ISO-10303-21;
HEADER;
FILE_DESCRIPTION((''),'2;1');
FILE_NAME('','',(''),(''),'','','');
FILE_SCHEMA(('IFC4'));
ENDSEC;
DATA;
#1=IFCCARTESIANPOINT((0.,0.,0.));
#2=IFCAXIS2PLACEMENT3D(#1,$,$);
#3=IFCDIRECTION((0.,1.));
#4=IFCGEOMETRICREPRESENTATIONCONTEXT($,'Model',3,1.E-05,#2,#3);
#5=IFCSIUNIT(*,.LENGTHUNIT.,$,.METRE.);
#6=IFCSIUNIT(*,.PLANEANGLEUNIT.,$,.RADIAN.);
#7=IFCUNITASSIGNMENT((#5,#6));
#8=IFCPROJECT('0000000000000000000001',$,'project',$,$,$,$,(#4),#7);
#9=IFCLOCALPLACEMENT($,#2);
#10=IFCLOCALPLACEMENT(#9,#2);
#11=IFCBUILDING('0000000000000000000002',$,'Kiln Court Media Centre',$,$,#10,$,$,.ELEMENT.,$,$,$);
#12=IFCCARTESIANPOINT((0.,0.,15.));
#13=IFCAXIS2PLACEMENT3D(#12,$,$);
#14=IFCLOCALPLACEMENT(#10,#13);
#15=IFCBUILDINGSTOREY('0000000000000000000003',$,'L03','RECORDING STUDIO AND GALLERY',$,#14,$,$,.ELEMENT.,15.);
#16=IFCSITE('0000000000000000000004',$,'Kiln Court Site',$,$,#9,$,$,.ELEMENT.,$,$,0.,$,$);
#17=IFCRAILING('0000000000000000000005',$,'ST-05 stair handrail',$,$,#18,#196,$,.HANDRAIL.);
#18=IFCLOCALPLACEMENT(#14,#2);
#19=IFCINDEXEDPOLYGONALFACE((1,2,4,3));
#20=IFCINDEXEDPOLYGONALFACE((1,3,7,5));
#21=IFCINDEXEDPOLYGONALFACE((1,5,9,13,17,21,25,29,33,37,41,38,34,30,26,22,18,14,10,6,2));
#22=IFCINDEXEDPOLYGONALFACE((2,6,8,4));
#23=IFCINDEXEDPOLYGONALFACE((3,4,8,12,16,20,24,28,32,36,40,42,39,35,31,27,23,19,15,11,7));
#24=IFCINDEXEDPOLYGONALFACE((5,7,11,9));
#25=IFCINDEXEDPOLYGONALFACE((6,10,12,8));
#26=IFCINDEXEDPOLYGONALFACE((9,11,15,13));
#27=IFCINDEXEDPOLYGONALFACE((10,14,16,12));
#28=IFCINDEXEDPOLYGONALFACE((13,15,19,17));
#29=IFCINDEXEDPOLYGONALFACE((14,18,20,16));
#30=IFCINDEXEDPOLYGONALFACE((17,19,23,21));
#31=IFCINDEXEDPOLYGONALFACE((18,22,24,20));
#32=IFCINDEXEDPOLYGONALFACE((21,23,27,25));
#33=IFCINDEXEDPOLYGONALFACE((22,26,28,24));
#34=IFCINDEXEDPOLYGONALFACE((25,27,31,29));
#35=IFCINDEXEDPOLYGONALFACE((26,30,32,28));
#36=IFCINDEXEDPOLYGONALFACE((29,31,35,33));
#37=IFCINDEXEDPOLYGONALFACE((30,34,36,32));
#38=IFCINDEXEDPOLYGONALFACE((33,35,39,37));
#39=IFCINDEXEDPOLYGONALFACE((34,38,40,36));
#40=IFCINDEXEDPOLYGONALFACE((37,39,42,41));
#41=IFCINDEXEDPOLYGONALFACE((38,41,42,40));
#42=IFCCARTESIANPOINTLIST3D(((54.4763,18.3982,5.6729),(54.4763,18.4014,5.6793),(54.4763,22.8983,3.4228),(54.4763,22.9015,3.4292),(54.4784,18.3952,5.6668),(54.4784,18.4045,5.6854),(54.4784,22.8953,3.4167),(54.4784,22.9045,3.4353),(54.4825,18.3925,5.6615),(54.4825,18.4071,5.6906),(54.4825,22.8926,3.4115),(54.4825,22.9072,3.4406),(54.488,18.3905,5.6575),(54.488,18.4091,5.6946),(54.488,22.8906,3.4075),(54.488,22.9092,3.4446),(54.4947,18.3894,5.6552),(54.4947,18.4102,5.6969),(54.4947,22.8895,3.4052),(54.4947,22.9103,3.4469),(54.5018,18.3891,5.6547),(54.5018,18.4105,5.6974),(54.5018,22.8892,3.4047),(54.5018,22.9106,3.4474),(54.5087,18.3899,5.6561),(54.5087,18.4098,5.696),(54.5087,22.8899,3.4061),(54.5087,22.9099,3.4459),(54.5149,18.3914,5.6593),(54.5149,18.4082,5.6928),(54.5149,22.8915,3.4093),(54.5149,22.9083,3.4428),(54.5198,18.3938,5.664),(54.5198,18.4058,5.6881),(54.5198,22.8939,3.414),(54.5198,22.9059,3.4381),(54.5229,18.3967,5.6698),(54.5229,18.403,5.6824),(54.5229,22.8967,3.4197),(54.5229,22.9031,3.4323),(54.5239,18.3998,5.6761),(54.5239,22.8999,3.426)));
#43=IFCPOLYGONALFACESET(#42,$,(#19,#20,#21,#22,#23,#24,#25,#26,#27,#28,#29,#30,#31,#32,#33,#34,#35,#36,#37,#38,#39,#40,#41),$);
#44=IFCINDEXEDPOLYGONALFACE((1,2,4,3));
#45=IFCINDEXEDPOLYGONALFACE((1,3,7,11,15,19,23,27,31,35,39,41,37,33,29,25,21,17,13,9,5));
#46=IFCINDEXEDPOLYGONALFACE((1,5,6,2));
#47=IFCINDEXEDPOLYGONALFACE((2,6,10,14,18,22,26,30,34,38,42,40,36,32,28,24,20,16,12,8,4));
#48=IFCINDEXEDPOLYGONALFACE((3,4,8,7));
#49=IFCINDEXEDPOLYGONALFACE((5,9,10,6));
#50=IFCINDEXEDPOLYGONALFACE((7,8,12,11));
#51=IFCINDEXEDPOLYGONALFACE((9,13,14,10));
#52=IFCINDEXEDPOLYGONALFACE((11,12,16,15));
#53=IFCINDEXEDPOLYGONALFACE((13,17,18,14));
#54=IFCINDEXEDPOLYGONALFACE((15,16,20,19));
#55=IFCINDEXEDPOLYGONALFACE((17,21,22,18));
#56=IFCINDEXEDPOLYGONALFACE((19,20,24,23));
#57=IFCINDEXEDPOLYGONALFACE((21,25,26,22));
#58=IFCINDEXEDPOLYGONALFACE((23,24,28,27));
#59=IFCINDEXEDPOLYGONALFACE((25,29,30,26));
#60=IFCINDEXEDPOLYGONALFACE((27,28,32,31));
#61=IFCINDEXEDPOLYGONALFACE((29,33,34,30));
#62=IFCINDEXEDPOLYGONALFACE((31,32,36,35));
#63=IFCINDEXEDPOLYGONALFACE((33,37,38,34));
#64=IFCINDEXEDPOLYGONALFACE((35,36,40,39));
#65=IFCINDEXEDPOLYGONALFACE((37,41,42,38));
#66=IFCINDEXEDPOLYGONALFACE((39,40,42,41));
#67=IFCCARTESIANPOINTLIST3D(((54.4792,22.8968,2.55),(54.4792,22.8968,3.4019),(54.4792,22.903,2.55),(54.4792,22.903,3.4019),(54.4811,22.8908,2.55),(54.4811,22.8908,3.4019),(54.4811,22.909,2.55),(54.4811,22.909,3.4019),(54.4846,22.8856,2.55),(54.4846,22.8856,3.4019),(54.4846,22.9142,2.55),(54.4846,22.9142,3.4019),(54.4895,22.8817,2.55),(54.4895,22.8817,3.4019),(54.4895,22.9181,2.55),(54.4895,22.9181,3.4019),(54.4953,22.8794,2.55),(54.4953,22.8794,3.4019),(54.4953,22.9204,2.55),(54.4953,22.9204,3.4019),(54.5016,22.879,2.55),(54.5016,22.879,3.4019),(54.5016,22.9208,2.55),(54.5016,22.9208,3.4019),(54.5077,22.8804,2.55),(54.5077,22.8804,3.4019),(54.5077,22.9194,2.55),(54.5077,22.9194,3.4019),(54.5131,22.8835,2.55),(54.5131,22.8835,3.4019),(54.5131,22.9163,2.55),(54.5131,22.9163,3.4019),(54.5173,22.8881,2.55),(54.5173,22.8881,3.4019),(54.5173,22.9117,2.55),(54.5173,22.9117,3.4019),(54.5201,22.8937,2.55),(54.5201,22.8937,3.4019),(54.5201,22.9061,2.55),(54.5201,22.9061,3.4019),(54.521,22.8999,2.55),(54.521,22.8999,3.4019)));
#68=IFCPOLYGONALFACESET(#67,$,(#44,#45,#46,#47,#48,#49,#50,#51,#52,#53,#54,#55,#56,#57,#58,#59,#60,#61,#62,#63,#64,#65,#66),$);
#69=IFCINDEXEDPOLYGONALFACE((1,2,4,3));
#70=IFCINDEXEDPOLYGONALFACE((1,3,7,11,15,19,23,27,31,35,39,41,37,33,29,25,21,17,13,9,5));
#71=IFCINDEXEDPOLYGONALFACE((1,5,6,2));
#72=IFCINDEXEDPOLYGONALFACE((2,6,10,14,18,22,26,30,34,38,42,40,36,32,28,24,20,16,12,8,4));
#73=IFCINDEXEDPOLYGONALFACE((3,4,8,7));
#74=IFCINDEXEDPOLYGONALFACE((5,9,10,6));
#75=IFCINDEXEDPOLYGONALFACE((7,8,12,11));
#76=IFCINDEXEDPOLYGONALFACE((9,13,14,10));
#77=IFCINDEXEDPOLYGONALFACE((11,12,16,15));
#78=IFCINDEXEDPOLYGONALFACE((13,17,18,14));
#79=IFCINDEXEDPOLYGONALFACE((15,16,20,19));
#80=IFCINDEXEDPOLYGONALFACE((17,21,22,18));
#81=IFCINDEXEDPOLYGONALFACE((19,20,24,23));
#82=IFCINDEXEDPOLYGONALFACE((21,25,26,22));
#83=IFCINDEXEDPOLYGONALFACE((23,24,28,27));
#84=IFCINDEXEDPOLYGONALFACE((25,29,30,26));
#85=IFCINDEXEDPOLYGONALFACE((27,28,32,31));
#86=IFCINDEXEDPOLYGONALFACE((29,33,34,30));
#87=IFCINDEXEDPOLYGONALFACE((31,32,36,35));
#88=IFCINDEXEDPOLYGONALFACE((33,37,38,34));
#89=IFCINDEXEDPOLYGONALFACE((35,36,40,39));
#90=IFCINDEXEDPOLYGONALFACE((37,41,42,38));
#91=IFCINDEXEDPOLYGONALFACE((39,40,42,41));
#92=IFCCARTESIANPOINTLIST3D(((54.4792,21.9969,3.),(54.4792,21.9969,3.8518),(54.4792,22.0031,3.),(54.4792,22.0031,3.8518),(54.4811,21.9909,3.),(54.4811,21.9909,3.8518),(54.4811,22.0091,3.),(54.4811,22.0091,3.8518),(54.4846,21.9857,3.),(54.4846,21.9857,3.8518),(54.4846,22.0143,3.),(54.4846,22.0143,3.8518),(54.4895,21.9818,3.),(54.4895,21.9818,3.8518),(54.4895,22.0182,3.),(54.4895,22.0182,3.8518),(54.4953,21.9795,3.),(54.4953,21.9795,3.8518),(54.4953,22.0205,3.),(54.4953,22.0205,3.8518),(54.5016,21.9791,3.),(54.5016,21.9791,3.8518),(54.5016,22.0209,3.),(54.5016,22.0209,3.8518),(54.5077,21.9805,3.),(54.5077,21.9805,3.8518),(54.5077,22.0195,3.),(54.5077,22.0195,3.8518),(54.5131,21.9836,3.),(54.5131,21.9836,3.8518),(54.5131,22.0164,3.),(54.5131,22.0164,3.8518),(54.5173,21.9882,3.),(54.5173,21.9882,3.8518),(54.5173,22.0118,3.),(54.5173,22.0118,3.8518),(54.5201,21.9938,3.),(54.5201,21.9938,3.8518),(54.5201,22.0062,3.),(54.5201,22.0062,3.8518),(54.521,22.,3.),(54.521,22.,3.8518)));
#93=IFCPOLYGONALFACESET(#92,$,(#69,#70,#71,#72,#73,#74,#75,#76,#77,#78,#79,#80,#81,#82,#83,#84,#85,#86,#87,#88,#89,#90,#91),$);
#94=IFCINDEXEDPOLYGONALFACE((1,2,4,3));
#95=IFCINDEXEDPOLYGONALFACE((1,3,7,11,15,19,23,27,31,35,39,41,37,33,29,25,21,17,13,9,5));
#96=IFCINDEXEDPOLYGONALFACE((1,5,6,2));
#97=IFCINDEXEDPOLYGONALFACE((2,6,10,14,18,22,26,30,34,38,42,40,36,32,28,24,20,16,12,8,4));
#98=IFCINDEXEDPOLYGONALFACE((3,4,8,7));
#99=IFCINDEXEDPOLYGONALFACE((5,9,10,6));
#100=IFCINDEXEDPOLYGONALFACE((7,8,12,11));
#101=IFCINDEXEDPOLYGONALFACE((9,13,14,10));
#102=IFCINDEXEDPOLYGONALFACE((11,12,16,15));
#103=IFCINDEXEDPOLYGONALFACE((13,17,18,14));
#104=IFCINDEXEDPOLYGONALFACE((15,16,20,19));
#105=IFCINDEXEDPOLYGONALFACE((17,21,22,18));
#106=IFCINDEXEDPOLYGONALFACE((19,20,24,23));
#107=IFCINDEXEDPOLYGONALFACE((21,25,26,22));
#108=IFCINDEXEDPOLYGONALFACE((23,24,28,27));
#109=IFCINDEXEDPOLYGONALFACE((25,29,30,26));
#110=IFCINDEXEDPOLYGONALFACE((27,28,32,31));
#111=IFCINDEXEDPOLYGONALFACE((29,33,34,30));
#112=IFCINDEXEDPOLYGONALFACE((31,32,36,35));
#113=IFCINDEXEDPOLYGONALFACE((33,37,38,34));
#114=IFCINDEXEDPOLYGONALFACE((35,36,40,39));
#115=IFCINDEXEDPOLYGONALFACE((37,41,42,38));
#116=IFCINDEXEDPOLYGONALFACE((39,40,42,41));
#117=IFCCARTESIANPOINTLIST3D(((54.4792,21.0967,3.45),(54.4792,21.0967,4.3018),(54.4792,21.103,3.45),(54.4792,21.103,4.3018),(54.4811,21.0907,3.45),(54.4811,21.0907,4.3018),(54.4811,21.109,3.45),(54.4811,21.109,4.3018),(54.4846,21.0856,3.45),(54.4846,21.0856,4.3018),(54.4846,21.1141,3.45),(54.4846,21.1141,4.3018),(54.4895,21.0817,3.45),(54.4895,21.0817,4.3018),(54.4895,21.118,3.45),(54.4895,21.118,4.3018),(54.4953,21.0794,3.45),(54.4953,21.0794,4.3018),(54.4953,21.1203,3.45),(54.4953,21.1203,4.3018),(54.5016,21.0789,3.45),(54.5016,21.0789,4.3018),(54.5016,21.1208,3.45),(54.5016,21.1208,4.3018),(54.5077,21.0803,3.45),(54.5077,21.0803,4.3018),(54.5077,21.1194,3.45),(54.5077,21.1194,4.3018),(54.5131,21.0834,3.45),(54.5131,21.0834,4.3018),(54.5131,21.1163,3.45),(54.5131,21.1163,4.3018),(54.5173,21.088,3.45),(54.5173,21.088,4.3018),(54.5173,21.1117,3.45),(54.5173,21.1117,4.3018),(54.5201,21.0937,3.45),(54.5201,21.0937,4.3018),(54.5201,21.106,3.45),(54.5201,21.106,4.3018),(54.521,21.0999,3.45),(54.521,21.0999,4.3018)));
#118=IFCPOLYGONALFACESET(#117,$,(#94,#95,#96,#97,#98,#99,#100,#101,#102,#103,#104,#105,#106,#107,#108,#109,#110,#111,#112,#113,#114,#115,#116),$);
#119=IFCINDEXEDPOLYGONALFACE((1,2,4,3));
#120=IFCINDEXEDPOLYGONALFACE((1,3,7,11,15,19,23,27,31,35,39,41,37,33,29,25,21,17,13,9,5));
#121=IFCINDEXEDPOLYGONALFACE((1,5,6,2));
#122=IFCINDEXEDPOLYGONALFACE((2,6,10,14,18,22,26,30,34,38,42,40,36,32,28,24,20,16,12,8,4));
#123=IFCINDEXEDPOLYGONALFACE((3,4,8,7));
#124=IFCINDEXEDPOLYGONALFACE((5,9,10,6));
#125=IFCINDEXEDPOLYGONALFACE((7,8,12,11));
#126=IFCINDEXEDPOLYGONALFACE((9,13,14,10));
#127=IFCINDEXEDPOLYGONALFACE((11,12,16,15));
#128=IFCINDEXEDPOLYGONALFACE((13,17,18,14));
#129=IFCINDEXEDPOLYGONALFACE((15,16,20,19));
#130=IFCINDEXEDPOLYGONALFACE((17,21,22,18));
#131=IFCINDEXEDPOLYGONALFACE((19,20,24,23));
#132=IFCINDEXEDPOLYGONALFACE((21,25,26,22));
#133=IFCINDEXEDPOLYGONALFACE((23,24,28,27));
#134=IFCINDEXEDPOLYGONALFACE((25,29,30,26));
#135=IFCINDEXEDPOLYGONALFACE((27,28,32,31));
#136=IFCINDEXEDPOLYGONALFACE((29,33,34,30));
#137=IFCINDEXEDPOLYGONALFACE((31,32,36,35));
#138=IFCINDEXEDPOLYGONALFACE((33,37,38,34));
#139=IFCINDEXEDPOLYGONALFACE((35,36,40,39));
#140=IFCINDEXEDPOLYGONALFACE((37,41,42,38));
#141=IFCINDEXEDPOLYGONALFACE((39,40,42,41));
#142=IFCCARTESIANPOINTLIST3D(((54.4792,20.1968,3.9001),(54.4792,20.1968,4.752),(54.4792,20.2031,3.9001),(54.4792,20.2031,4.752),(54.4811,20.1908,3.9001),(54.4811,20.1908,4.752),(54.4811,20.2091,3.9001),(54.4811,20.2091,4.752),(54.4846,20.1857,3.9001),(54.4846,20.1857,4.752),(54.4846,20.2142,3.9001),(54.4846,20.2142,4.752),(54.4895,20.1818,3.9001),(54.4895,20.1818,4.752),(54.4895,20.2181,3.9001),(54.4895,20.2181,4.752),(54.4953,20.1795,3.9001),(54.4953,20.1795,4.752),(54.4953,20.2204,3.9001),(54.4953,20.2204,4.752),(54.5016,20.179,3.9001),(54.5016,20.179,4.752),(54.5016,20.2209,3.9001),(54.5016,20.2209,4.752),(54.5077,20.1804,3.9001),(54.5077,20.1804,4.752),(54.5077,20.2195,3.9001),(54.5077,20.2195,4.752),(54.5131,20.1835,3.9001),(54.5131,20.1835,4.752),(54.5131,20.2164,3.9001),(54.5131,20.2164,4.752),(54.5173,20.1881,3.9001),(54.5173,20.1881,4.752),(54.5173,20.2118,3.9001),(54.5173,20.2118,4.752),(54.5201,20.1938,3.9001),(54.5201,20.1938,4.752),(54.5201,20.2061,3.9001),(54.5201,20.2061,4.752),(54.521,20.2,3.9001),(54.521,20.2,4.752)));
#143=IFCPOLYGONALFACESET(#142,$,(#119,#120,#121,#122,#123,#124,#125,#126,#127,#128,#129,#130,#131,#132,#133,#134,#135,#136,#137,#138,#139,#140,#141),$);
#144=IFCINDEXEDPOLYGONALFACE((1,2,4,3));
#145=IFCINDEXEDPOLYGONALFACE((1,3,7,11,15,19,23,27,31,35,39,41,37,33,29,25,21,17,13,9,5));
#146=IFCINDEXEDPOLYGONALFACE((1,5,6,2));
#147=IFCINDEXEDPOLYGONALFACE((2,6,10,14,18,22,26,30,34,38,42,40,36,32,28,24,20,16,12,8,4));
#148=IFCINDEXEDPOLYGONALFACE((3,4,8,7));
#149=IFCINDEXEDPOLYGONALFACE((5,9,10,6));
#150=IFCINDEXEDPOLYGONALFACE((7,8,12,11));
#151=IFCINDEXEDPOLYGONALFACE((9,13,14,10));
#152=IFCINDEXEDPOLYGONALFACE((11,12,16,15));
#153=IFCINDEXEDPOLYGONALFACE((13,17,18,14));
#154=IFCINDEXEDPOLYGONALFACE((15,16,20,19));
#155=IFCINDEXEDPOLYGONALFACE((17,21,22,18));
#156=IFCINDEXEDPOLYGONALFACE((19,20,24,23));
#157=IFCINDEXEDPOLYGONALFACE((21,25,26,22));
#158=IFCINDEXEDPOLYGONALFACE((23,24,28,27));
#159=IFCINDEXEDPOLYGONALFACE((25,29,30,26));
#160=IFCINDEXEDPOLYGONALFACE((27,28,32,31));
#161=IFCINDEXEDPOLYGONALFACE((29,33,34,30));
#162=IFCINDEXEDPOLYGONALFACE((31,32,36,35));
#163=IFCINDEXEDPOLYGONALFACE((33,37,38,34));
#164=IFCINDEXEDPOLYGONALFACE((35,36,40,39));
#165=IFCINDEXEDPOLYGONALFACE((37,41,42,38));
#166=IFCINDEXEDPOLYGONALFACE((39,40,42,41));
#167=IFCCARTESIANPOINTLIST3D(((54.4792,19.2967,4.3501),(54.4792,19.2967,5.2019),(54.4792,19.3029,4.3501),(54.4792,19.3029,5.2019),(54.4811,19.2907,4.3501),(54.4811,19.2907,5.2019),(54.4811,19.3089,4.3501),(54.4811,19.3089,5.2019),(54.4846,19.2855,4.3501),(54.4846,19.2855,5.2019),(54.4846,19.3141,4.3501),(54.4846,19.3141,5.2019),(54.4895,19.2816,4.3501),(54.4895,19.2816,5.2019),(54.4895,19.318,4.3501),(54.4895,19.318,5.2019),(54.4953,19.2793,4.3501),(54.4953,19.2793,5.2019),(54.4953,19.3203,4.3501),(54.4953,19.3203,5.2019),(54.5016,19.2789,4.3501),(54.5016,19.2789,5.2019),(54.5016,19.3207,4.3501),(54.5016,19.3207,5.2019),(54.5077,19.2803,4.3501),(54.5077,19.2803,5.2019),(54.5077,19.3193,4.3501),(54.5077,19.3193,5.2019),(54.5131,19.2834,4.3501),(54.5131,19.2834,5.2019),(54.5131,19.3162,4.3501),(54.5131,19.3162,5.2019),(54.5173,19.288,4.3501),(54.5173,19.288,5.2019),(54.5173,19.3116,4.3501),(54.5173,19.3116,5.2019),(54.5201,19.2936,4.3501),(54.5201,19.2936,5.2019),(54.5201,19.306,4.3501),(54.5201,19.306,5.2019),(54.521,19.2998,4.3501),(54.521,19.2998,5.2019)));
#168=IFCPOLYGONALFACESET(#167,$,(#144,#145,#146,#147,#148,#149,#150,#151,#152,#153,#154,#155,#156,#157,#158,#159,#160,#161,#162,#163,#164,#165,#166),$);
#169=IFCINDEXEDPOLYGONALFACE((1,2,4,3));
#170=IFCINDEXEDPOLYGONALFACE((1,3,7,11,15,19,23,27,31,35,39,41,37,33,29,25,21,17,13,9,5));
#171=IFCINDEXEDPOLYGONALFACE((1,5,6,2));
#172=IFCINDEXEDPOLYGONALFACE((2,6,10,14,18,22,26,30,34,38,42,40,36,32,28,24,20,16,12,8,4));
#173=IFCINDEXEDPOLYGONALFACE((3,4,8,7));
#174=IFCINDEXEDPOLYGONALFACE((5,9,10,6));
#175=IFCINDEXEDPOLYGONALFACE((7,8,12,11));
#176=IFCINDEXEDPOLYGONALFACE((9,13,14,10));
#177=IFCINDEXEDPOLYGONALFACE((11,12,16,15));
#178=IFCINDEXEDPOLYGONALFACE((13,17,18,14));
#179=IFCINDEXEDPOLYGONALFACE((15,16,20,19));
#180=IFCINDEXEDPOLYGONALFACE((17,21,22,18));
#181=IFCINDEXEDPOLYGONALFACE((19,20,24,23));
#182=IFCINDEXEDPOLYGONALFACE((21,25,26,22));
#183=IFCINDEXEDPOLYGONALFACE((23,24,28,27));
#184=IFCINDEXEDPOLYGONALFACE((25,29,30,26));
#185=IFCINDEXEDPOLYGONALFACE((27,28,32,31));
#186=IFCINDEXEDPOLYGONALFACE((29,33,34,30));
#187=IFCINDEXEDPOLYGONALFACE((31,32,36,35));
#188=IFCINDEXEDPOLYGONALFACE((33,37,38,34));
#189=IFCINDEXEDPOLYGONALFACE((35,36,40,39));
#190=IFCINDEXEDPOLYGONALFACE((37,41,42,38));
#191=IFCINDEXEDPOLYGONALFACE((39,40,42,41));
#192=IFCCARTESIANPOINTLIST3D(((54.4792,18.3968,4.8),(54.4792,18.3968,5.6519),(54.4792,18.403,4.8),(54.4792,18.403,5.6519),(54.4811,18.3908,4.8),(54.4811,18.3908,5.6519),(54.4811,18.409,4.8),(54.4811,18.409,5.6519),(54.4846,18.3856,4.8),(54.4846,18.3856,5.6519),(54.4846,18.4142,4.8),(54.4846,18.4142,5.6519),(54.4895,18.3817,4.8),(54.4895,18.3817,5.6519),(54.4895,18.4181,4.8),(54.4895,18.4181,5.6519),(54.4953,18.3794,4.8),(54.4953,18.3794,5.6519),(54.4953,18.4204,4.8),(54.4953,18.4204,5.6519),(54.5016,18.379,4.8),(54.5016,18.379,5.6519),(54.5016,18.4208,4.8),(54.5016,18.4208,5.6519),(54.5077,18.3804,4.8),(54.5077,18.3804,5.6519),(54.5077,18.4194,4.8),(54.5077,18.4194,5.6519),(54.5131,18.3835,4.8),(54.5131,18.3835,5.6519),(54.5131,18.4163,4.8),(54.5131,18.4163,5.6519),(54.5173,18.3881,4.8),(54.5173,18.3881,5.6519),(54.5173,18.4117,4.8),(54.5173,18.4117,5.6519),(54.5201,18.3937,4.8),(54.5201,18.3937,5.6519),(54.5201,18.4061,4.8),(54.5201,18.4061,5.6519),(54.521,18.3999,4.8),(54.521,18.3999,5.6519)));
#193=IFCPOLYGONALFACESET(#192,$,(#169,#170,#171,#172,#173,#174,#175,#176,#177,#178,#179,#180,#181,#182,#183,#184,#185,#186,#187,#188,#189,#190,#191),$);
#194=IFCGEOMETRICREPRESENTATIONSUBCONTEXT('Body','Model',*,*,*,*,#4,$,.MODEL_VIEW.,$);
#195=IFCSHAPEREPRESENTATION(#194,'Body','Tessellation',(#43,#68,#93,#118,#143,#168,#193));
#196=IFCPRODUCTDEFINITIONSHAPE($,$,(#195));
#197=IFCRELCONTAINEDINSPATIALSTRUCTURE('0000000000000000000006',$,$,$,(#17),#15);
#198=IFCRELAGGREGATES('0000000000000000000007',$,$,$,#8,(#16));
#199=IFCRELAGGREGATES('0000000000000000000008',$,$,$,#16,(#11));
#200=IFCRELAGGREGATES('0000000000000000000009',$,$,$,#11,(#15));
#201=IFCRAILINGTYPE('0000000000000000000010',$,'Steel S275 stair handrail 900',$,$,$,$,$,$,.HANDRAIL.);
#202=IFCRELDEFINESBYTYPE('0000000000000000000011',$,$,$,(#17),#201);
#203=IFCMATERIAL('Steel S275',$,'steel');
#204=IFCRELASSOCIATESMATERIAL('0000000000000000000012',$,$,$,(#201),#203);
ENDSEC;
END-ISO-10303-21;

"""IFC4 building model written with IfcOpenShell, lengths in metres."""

from ifc_helpers import new_model, si_unit, direction, frame, origin, origin_2d, place, context, subcontext, project, spatial, circle, extrude, material, type_object, element, save


model = new_model("IFC4")

# Units and contexts
model_context = context("Model", 3, precision=1e-05, world=origin(), true_north=direction((0.0, 1.0)))
body_context = subcontext(model_context, "Body", "Model", "MODEL_VIEW")
ifc_project = project(units=[si_unit("LENGTHUNIT", "METRE"), si_unit("PLANEANGLEUNIT", "RADIAN")], contexts=[model_context])

# Site, building, storey
site_placement = place(None, origin())
site = spatial("IfcSite", under=ifc_project, at=site_placement, Name="Kiln Court Site", CompositionType="ELEMENT", RefElevation=0.0)
building_placement = place(site_placement, origin())
building = spatial("IfcBuilding", under=site, at=building_placement, Name="Kiln Court Media Centre", CompositionType="ELEMENT")
storey_placement = place(building_placement, frame((0.0, 0.0, 15.0)))
storey = spatial("IfcBuildingStorey", under=building, at=storey_placement, Name="L03", Description="RECORDING STUDIO AND GALLERY", CompositionType="ELEMENT", Elevation=15.0)

# Railing
ifc_material_1 = material(Name="Steel S275", Category="steel")
railing_type_1 = type_object("IfcRailingType", Name="Steel S275 stair handrail 900", PredefinedType="HANDRAIL", material=ifc_material_1)
railing_1_placement = place(storey_placement, frame((54.5, 22.8999, 2.55)))
element("IfcRailing", 1, at=railing_1_placement, inside=storey, type_object=railing_type_1, Name="ST-05 stair handrail", PredefinedType="HANDRAIL", context=body_context, shape_type="SweptSolid", body=[
    extrude(circle(Radius=0.0239, at=origin_2d()), frame((0.0, 0.0, 0.876), z_axis=(0.0, -0.894427, 0.447214), x_axis=(1.0, 0.0, 0.0)), (0.0, 0.0, 1.0), 5.0312),
    extrude(circle(Radius=0.021, at=origin_2d()), origin(), (0.0, 0.0, 1.0), 0.8518),
    extrude(circle(Radius=0.021, at=origin_2d()), frame((0.0, -0.8999, 0.45)), (0.0, 0.0, 1.0), 0.8518),
    extrude(circle(Radius=0.021, at=origin_2d()), frame((0.0, -1.8, 0.8999)), (0.0, 0.0, 1.0), 0.8518),
    extrude(circle(Radius=0.021, at=origin_2d()), frame((0.0, -2.7, 1.3501)), (0.0, 0.0, 1.0), 0.8518),
    extrude(circle(Radius=0.021, at=origin_2d()), frame((0.0, -3.6001, 1.8)), (0.0, 0.0, 1.0), 0.8518),
    extrude(circle(Radius=0.021, at=origin_2d()), frame((0.0, -4.5, 2.25)), (0.0, 0.0, 1.0), 0.8518),
])

save(model, "model.ifc")
